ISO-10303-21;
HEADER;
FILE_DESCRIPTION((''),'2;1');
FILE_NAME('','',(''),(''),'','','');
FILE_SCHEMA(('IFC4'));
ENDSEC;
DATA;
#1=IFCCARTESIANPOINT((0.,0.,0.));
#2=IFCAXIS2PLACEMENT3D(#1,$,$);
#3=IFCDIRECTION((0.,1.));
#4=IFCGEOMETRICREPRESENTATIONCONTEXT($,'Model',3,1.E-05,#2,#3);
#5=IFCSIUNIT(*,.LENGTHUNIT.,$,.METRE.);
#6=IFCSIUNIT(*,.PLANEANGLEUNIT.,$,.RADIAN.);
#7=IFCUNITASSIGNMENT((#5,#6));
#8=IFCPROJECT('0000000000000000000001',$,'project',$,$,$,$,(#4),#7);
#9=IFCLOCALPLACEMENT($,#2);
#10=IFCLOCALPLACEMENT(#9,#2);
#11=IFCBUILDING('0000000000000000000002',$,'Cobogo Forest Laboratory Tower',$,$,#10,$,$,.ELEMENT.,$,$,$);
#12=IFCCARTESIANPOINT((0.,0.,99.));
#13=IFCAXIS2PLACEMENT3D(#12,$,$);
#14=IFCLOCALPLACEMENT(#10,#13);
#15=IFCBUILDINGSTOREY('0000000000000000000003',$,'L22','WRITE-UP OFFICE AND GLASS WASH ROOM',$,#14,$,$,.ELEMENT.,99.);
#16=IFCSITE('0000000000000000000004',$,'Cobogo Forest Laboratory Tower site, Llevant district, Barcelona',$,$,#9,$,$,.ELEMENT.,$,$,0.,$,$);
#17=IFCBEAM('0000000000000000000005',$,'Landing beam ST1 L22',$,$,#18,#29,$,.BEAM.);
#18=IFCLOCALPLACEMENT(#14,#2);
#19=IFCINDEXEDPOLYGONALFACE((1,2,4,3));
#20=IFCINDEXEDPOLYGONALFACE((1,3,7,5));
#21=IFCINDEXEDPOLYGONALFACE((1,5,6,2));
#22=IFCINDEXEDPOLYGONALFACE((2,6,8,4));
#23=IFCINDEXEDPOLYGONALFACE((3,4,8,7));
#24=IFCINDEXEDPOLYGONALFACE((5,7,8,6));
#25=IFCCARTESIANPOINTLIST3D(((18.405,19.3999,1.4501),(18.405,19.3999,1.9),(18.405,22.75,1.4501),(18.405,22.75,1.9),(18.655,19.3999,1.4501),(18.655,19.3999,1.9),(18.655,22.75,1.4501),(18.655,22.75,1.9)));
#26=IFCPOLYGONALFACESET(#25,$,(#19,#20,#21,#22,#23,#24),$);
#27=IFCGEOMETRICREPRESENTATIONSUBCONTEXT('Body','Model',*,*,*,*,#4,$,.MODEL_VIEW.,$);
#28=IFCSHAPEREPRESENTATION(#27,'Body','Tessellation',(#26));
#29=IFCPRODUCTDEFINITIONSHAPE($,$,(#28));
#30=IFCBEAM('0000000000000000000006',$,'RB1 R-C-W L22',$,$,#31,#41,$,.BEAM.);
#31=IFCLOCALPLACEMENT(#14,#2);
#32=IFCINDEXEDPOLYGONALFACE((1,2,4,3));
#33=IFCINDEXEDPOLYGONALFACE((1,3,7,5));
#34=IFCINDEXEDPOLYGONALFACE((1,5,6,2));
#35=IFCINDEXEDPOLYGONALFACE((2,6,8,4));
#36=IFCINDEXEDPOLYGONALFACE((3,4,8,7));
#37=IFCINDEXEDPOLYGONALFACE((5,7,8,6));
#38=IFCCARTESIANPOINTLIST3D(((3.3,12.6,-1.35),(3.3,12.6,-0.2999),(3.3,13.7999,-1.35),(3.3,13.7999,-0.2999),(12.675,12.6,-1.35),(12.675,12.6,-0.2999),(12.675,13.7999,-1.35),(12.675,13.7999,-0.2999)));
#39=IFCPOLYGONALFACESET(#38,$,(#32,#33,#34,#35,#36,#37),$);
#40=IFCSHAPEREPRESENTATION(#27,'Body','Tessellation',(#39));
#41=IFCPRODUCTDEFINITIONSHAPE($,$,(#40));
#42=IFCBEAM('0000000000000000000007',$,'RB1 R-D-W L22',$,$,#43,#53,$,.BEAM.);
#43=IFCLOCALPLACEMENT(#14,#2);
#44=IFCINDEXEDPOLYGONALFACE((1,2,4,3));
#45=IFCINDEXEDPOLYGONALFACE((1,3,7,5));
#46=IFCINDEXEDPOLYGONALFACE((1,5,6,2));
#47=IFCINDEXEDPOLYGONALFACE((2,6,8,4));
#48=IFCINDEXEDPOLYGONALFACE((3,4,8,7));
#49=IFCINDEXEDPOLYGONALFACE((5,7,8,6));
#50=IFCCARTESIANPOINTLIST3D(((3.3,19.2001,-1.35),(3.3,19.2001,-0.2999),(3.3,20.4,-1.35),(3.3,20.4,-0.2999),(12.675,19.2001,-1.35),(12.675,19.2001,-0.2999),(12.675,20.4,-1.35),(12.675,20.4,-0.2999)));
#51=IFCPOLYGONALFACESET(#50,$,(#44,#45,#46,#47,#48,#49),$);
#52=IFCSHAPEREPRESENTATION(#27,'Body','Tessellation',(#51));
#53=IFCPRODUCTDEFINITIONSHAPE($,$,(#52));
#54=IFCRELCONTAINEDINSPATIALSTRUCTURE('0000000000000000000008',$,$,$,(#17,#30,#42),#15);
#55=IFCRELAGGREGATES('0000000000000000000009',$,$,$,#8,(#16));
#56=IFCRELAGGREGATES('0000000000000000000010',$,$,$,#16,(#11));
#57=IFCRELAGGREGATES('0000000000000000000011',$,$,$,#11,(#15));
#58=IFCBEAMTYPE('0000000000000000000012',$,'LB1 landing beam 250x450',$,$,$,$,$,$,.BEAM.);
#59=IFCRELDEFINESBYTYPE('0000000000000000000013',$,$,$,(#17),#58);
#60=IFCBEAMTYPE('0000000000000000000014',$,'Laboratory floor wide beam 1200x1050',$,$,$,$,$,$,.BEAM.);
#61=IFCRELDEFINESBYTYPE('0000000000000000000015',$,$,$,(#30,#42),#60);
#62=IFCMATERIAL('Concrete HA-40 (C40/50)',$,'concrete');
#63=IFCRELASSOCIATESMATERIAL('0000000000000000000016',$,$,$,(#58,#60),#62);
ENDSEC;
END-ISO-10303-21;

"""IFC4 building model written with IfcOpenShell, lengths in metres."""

from ifc_helpers import new_model, si_unit, direction, frame, origin, origin_2d, place, context, subcontext, project, spatial, rectangle, extrude, material, material_profile, profile_set, type_object, element, save


model = new_model("IFC4")

# Units and contexts
model_context = context("Model", 3, precision=1e-05, world=origin(), true_north=direction((0.0, 1.0)))
body_context = subcontext(model_context, "Body", "Model", "MODEL_VIEW")
ifc_project = project(units=[si_unit("LENGTHUNIT", "METRE"), si_unit("PLANEANGLEUNIT", "RADIAN")], contexts=[model_context])

# Site, building, storey
site_placement = place(None, origin())
site = spatial("IfcSite", under=ifc_project, at=site_placement, Name="Cobogo Forest Laboratory Tower site, Llevant district, Barcelona", CompositionType="ELEMENT", RefElevation=0.0)
building_placement = place(site_placement, origin())
building = spatial("IfcBuilding", under=site, at=building_placement, Name="Cobogo Forest Laboratory Tower", CompositionType="ELEMENT")
storey_placement = place(building_placement, frame((0.0, 0.0, 99.0)))
storey = spatial("IfcBuildingStorey", under=building, at=storey_placement, Name="L22", Description="WRITE-UP OFFICE AND GLASS WASH ROOM", CompositionType="ELEMENT", Elevation=99.0)

# Beams
ifc_material_1 = material(Name="Concrete HA-40 (C40/50)", Category="concrete")
ifc_material_profile_1 = material_profile(ifc_material_1, rectangle(XDim=0.25, YDim=0.45, at=origin_2d()), Name="RC 250x450")
ifc_profile_set_1 = profile_set([ifc_material_profile_1], Name="Concrete HA-40 (C40/50)")
beam_type_1 = type_object("IfcBeamType", Name="LB1 landing beam 250x450", PredefinedType="BEAM", material=ifc_profile_set_1)
beam_placement = place(storey_placement, frame((18.53, 19.3999, 1.675), z_axis=(0.0, 1.0, 0.0), x_axis=(-1.0, 0.0, 0.0)))
element("IfcBeam", 1, at=beam_placement, inside=storey, type_object=beam_type_1, Name="Landing beam ST1 L22", PredefinedType="BEAM", context=body_context, shape_type="SweptSolid", body=[
    extrude(rectangle(XDim=0.25, YDim=0.45, at=origin_2d()), origin(), (0.0, 0.0, 1.0), 3.3501),
])
ifc_material_profile_2 = material_profile(ifc_material_1, rectangle(XDim=1.2, YDim=1.05, at=origin_2d()), Name="RC 1200x1050")
ifc_profile_set_2 = profile_set([ifc_material_profile_2], Name="Concrete HA-40 (C40/50)")
beam_type_2 = type_object("IfcBeamType", Name="Laboratory floor wide beam 1200x1050", PredefinedType="BEAM", material=ifc_profile_set_2)
for number, where, z_axis, x_axis, name in (
    (2, (12.675, 13.2, -0.825), (-1.0, 0.0, 0.0), (0.0, -1.0, 0.0), "RB1 R-C-W L22"),
    (3, (12.675, 19.8, -0.825), (-1.0, 0.0, 0.0), (0.0, -1.0, 0.0), "RB1 R-D-W L22"),
):
    element("IfcBeam", number, at=place(storey_placement, frame(where, z_axis=z_axis, x_axis=x_axis)), inside=storey, type_object=beam_type_2, Name=name, PredefinedType="BEAM", context=body_context, shape_type="SweptSolid", body=[
        extrude(rectangle(XDim=1.2, YDim=1.05, at=origin_2d()), origin(), (0.0, 0.0, 1.0), 9.375),
    ])

save(model, "model.ifc")
